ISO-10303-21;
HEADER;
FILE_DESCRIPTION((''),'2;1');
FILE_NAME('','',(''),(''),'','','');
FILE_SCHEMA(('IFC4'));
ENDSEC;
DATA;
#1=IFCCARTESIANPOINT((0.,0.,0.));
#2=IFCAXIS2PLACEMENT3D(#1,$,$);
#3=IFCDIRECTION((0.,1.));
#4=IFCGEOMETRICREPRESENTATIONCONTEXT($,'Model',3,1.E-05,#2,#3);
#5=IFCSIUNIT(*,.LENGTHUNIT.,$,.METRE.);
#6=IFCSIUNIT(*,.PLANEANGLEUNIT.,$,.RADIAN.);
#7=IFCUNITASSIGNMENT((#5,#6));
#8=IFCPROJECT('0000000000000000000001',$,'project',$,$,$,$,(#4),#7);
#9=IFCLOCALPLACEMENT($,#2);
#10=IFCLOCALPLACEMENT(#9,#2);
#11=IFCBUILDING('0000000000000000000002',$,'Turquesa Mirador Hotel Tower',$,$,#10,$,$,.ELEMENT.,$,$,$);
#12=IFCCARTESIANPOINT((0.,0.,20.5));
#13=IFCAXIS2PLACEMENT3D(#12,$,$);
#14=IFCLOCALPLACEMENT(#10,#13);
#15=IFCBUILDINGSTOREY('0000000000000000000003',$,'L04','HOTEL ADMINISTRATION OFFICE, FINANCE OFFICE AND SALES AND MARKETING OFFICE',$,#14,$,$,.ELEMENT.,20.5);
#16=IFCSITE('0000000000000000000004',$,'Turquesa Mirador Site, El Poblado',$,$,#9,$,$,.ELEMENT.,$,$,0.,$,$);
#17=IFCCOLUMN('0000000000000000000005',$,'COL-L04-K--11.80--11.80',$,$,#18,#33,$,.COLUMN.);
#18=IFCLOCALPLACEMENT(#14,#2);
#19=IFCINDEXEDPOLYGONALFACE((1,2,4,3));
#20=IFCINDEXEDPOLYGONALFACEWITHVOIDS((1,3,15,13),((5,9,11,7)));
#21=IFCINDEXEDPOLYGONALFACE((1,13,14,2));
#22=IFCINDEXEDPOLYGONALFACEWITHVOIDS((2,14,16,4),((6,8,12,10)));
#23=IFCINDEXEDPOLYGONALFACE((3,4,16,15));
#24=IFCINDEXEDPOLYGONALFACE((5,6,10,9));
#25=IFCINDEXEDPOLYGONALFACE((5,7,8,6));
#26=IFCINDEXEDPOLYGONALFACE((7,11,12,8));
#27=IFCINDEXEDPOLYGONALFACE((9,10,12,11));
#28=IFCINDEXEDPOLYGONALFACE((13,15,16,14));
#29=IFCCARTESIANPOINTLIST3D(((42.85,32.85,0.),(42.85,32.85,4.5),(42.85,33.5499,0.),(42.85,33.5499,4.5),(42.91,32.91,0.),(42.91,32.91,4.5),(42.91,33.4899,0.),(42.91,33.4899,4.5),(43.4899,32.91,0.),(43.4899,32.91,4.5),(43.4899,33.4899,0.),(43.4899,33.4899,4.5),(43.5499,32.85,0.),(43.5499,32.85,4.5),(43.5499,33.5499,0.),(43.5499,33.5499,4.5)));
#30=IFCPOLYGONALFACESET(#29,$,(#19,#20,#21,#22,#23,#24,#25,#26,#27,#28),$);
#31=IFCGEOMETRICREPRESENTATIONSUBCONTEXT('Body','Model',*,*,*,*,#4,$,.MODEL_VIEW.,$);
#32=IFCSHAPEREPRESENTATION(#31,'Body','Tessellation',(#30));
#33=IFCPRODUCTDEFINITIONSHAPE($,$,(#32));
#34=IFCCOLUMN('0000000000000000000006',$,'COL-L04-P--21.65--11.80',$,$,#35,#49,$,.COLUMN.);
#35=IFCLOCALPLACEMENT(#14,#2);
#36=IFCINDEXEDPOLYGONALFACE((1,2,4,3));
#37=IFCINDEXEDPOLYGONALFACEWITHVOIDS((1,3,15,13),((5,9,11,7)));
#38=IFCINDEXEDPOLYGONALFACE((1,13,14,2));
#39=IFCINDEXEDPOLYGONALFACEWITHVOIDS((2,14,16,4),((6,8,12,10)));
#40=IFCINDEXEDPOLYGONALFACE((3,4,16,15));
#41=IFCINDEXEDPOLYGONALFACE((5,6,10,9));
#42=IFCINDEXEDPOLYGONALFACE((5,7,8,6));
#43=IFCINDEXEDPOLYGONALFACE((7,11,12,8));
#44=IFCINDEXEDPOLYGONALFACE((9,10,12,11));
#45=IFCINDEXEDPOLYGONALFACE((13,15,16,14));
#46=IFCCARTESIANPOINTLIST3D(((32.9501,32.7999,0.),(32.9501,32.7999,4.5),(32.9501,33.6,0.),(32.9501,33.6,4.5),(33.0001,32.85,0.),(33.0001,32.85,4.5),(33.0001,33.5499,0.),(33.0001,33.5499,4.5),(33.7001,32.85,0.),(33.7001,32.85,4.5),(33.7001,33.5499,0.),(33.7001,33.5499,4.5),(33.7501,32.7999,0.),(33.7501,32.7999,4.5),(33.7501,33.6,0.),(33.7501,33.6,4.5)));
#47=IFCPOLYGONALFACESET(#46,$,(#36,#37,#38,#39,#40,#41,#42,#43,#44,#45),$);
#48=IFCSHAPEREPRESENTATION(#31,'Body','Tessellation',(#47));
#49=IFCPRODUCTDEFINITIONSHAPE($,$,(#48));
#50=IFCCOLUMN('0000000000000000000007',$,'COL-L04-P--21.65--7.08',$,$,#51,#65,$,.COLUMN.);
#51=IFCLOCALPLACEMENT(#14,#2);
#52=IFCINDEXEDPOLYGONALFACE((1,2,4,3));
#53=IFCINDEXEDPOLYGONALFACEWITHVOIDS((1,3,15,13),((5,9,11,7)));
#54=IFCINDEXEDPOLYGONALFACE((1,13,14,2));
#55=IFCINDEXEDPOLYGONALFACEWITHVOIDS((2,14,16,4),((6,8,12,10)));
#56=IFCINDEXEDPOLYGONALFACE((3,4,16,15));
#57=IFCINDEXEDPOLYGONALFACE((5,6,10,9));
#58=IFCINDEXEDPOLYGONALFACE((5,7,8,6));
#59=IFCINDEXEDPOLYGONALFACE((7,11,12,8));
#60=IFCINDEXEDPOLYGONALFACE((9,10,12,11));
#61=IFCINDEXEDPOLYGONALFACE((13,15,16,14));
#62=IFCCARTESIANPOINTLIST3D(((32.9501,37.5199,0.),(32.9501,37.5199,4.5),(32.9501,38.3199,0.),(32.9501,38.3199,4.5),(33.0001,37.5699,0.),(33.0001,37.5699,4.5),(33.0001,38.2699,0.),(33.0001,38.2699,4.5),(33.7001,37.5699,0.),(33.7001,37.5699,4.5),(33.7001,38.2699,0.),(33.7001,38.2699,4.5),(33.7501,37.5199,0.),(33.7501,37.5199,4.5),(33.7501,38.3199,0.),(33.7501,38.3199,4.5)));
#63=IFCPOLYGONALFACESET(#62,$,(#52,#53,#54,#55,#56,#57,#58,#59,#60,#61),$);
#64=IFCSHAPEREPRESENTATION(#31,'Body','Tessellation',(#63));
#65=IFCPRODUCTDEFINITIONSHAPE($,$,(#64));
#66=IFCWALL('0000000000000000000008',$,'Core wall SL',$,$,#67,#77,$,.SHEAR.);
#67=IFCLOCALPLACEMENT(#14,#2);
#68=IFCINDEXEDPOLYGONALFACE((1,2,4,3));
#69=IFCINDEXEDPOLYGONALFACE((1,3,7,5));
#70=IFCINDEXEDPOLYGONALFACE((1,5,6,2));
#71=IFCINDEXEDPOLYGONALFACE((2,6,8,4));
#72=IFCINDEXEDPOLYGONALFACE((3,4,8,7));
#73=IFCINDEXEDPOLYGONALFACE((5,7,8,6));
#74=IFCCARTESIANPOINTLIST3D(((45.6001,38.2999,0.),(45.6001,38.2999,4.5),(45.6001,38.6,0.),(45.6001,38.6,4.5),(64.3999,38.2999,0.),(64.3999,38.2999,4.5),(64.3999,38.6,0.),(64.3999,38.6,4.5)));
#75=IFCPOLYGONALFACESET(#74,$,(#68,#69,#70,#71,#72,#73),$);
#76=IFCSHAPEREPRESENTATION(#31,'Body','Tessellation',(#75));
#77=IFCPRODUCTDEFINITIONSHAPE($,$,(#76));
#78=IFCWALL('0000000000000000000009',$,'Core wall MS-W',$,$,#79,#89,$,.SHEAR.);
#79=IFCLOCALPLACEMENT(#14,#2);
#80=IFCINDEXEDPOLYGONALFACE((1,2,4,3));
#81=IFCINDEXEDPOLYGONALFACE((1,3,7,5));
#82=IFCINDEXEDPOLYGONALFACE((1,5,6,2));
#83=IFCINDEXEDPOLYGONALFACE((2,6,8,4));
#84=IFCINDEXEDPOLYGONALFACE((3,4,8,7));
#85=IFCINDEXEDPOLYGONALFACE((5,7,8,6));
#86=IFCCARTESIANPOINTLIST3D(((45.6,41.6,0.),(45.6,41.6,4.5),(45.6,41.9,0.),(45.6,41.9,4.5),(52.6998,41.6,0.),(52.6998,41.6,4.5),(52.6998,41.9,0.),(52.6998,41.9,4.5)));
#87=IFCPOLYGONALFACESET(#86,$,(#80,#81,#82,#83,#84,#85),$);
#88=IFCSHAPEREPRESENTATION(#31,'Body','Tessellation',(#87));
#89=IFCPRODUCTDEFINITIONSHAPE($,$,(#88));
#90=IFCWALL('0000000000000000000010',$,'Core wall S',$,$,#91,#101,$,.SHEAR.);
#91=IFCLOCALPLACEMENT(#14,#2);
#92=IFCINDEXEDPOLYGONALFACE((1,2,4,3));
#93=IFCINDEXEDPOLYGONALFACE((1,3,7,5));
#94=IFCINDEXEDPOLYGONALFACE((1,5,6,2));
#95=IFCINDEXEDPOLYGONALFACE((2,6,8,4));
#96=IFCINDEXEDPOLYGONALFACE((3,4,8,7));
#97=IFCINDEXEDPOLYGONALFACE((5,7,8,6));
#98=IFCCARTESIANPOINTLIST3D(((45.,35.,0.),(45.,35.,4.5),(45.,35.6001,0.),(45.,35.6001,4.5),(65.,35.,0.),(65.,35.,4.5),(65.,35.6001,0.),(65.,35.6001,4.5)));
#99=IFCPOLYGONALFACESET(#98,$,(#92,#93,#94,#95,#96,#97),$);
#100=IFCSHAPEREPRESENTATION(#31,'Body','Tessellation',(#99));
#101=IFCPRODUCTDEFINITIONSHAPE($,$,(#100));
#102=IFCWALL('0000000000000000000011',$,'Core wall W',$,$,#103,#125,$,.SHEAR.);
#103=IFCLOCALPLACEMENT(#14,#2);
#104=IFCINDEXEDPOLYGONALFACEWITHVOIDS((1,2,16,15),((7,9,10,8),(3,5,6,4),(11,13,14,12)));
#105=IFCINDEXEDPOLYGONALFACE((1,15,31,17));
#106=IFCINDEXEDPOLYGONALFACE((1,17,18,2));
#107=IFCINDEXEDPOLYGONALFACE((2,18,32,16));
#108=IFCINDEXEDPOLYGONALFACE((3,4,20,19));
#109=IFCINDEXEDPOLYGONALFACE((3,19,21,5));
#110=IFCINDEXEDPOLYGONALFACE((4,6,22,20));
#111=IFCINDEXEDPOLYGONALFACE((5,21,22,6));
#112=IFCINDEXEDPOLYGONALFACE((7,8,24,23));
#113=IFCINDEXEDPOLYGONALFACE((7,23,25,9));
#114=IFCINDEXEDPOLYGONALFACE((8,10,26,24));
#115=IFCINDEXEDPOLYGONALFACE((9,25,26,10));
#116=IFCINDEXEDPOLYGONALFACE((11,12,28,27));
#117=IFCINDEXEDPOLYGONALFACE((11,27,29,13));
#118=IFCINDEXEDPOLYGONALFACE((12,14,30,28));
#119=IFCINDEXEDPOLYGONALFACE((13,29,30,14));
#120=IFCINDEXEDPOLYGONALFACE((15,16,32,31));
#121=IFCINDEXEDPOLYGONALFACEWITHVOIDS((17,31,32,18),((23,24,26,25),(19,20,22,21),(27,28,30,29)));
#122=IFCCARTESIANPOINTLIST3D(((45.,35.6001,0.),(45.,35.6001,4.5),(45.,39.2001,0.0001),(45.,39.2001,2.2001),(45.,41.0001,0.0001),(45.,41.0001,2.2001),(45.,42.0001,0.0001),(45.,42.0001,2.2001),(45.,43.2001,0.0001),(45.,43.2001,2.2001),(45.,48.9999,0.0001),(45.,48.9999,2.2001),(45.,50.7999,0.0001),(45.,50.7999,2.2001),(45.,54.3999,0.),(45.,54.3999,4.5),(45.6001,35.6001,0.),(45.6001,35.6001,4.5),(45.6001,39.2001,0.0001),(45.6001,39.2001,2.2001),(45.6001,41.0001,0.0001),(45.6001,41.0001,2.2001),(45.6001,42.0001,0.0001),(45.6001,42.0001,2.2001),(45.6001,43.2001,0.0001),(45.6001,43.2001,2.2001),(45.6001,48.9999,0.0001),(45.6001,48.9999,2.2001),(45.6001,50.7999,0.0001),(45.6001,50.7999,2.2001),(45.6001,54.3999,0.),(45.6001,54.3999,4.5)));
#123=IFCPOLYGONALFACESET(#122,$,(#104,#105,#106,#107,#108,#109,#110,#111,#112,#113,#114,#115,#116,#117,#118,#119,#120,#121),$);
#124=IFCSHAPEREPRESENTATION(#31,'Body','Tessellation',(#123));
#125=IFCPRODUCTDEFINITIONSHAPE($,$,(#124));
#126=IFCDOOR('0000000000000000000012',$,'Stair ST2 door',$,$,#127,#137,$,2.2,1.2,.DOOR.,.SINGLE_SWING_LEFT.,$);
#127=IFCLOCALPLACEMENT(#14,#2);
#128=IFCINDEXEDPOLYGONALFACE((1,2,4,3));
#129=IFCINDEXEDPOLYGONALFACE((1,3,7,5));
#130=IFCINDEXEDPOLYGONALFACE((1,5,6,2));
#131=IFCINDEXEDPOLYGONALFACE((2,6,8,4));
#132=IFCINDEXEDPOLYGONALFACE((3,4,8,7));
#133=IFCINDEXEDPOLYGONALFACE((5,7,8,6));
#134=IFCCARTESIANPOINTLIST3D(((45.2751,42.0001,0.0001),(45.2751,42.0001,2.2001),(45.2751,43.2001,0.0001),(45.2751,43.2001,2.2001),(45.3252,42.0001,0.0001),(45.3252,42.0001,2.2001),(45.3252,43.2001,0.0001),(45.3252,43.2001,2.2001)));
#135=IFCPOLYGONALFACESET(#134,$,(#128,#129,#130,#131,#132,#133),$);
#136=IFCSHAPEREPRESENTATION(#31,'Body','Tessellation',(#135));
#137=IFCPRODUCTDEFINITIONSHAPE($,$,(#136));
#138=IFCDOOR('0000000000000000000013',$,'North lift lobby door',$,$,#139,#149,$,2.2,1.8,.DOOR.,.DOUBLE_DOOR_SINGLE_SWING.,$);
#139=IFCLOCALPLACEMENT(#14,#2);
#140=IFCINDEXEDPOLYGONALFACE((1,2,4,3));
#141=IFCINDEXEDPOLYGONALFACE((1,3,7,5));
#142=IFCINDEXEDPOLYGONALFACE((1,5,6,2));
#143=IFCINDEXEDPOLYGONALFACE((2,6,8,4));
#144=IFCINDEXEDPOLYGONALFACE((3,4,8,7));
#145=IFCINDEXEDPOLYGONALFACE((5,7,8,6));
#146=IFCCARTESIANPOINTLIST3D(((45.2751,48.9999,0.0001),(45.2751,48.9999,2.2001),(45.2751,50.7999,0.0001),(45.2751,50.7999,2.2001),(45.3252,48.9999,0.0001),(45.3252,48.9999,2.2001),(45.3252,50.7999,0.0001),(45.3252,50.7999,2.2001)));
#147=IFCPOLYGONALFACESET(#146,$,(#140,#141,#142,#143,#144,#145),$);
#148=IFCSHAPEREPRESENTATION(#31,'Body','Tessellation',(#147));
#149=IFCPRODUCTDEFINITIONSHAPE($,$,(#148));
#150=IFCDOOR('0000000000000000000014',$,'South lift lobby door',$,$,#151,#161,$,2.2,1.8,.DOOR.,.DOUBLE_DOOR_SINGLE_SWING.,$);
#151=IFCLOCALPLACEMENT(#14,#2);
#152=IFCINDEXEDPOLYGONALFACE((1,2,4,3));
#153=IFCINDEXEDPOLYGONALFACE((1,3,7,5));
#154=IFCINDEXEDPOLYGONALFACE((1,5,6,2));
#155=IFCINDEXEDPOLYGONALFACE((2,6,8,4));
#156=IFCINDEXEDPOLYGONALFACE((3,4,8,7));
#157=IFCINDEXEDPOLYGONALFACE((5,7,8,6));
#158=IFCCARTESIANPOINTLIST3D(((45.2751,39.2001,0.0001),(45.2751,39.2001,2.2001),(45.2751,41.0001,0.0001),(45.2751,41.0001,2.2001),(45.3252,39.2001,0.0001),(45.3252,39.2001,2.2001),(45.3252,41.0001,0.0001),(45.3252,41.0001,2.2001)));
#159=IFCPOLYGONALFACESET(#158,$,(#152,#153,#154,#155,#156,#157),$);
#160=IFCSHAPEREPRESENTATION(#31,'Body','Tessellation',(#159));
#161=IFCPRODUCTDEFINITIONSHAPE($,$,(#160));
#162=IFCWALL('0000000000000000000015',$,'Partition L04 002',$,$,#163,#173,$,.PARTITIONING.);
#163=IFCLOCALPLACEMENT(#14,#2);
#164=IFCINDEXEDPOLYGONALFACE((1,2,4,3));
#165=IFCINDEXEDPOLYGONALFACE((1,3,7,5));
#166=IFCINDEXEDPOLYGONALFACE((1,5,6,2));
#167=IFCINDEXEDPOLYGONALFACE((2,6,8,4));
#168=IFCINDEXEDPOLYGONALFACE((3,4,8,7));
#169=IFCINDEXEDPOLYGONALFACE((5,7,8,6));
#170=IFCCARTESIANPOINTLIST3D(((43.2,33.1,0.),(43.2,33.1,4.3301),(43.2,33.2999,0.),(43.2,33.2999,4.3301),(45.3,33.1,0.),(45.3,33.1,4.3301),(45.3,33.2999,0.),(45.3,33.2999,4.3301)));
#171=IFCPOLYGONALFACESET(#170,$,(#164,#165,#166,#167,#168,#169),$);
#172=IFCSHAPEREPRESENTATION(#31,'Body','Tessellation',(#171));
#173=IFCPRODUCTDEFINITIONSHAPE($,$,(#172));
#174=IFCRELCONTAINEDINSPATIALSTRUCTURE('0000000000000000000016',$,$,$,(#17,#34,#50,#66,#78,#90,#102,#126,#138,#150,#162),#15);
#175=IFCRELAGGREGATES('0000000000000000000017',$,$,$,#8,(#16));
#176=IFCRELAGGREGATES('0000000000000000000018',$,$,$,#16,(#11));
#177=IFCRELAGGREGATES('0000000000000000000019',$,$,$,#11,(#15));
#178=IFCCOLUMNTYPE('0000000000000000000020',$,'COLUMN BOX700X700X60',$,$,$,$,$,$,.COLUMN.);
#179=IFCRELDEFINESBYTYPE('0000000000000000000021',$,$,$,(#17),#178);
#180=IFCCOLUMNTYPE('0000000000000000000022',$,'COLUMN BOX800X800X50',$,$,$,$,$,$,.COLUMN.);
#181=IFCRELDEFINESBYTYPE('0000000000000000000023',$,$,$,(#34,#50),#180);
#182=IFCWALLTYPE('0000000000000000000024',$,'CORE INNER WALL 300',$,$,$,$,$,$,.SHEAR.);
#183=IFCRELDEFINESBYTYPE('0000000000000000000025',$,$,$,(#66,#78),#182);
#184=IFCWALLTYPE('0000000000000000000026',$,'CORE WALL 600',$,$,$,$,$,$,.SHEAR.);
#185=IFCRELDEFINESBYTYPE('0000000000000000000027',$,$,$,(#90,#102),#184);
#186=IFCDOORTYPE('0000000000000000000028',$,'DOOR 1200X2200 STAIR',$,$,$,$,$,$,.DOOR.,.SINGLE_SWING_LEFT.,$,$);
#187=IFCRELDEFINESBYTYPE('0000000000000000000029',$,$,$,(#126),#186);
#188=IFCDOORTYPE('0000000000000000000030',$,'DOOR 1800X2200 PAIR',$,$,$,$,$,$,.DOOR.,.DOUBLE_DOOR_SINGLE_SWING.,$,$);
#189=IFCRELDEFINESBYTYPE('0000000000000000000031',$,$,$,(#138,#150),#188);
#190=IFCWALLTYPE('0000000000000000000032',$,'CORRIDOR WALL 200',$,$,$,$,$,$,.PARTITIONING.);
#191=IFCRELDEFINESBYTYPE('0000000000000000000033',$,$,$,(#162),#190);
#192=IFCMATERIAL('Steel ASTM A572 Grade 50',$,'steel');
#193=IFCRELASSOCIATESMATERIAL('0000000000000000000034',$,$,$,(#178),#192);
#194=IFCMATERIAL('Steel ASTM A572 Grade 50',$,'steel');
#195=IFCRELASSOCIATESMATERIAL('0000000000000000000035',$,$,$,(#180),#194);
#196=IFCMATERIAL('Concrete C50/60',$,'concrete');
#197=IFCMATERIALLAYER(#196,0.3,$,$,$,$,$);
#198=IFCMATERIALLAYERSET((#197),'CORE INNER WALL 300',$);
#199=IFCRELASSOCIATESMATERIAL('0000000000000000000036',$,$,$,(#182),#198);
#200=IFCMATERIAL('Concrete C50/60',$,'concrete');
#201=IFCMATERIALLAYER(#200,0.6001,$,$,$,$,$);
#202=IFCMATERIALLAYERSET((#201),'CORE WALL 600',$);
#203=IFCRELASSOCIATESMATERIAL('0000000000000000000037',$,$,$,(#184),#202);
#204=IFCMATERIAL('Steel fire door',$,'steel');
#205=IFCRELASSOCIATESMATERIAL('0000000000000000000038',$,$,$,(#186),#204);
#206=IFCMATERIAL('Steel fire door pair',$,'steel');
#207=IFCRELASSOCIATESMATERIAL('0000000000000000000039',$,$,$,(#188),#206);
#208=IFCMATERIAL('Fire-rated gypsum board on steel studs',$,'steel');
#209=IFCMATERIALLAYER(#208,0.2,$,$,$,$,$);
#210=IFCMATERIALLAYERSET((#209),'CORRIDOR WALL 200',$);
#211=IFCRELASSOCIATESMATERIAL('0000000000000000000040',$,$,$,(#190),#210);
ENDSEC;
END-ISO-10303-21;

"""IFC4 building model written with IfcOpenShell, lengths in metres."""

from ifc_helpers import new_model, si_unit, direction, frame, frame_2d, origin, origin_2d, place, context, subcontext, project, spatial, rectangle, hollow_rectangle, extrude, material, layer, layer_set, material_profile, profile_set, type_object, element, fill, save


model = new_model("IFC4")

# Units and contexts
model_context = context("Model", 3, precision=1e-05, world=origin(), true_north=direction((0.0, 1.0)))
body_context = subcontext(model_context, "Body", "Model", "MODEL_VIEW")
ifc_project = project(units=[si_unit("LENGTHUNIT", "METRE"), si_unit("PLANEANGLEUNIT", "RADIAN")], contexts=[model_context])

# Site, building, storey
site_placement = place(None, origin())
site = spatial("IfcSite", under=ifc_project, at=site_placement, Name="Turquesa Mirador Site, El Poblado", CompositionType="ELEMENT", RefElevation=0.0)
building_placement = place(site_placement, origin())
building = spatial("IfcBuilding", under=site, at=building_placement, Name="Turquesa Mirador Hotel Tower", CompositionType="ELEMENT")
storey_placement = place(building_placement, frame((0.0, 0.0, 20.5)))
storey = spatial("IfcBuildingStorey", under=building, at=storey_placement, Name="L04", Description="HOTEL ADMINISTRATION OFFICE, FINANCE OFFICE AND SALES AND MARKETING OFFICE", CompositionType="ELEMENT", Elevation=20.5)

# Columns
ifc_material_1 = material(Name="Steel ASTM A572 Grade 50", Category="steel")
ifc_material_profile_1 = material_profile(ifc_material_1, hollow_rectangle(XDim=0.7, YDim=0.7, WallThickness=0.0601, at=origin_2d()), Name="BOX700X700X60")
ifc_profile_set_1 = profile_set([ifc_material_profile_1], Name="Steel ASTM A572 Grade 50")
column_type_1 = type_object("IfcColumnType", Name="COLUMN BOX700X700X60", PredefinedType="COLUMN", material=ifc_profile_set_1)
column_placement = place(storey_placement, frame((43.2, 33.2, 0.0), z_axis=(0.0, 0.0, 1.0), x_axis=(1.0, 0.0, 0.0)))
element("IfcColumn", 1, at=column_placement, inside=storey, type_object=column_type_1, Name="COL-L04-K--11.80--11.80", PredefinedType="COLUMN", context=body_context, shape_type="SweptSolid", body=[
    extrude(hollow_rectangle(XDim=0.7, YDim=0.7, WallThickness=0.0601, at=origin_2d()), origin(), (0.0, 0.0, 1.0), 4.5),
])
ifc_material_2 = material(Name="Steel ASTM A572 Grade 50", Category="steel")
ifc_material_profile_2 = material_profile(ifc_material_2, hollow_rectangle(XDim=0.8, YDim=0.8, WallThickness=0.05, at=origin_2d()), Name="BOX800X800X50")
ifc_profile_set_2 = profile_set([ifc_material_profile_2], Name="Steel ASTM A572 Grade 50")
column_type_2 = type_object("IfcColumnType", Name="COLUMN BOX800X800X50", PredefinedType="COLUMN", material=ifc_profile_set_2)
for number, where, z_axis, x_axis, name in (
    (2, (33.3501, 33.2, 0.0), (0.0, 0.0, 1.0), (1.0, 0.0, 0.0), "COL-L04-P--21.65--11.80"),
    (3, (33.3501, 37.9199, 0.0), (0.0, 0.0, 1.0), (1.0, 0.0, 0.0), "COL-L04-P--21.65--7.08"),
):
    element("IfcColumn", number, at=place(storey_placement, frame(where, z_axis=z_axis, x_axis=x_axis)), inside=storey, type_object=column_type_2, Name=name, PredefinedType="COLUMN", context=body_context, shape_type="SweptSolid", body=[
        extrude(hollow_rectangle(XDim=0.8, YDim=0.8, WallThickness=0.05, at=origin_2d()), origin(), (0.0, 0.0, 1.0), 4.5),
    ])

# Walls
ifc_material_3 = material(Name="Concrete C50/60", Category="concrete")
ifc_layer_1 = layer(ifc_material_3, 0.3)
ifc_layer_set_1 = layer_set([ifc_layer_1], Name="CORE INNER WALL 300")
wall_type_1 = type_object("IfcWallType", Name="CORE INNER WALL 300", PredefinedType="SHEAR", material=ifc_layer_set_1)
wall_1_placement = place(storey_placement, frame((45.6001, 38.45, 0.0), z_axis=(0.0, 0.0, 1.0), x_axis=(1.0, 0.0, 0.0)))
element("IfcWall", 4, at=wall_1_placement, inside=storey, type_object=wall_type_1, Name="Core wall SL", PredefinedType="SHEAR", context=body_context, shape_type="SweptSolid", body=[
    extrude(rectangle(XDim=18.7998, YDim=0.3, at=frame_2d((9.3999, 0.0))), origin(), (0.0, 0.0, 1.0), 4.5),
])
wall_2_placement = place(storey_placement, frame((45.6001, 41.75, 0.0), z_axis=(0.0, 0.0, 1.0), x_axis=(1.0, 0.0, 0.0)))
element("IfcWall", 5, at=wall_2_placement, inside=storey, type_object=wall_type_1, Name="Core wall MS-W", PredefinedType="SHEAR", context=body_context, shape_type="SweptSolid", body=[
    extrude(rectangle(XDim=7.0999, YDim=0.3, at=frame_2d((3.5498, 0.0))), origin(), (0.0, 0.0, 1.0), 4.5),
])
ifc_material_4 = material(Name="Concrete C50/60", Category="concrete")
ifc_layer_2 = layer(ifc_material_4, 0.6001)
ifc_layer_set_2 = layer_set([ifc_layer_2], Name="CORE WALL 600")
wall_type_2 = type_object("IfcWallType", Name="CORE WALL 600", PredefinedType="SHEAR", material=ifc_layer_set_2)
wall_3_placement = place(storey_placement, frame((45.0, 35.3, 0.0), z_axis=(0.0, 0.0, 1.0), x_axis=(1.0, 0.0, 0.0)))
element("IfcWall", 6, at=wall_3_placement, inside=storey, type_object=wall_type_2, Name="Core wall S", PredefinedType="SHEAR", context=body_context, shape_type="SweptSolid", body=[
    extrude(rectangle(XDim=20.0, YDim=0.6001, at=frame_2d((10.0, 0.0))), origin(), (0.0, 0.0, 1.0), 4.5),
])

# Wall, openings, doors
wall_4_placement = place(storey_placement, frame((45.3, 35.6001, 0.0), z_axis=(0.0, 0.0, 1.0), x_axis=(0.0, 1.0, 0.0)))
wall_4 = element("IfcWall", 7, at=wall_4_placement, inside=storey, type_object=wall_type_2, Name="Core wall W", PredefinedType="SHEAR", context=body_context, shape_type="SweptSolid", body=[
    extrude(rectangle(XDim=18.7998, YDim=0.6001, at=frame_2d((9.3999, 0.0))), origin(), (0.0, 0.0, 1.0), 4.5),
])
opening_1_placement = place(wall_4_placement, frame((13.3999, 0.0, 0.0)))
opening_1 = element("IfcOpeningElement", 8, at=opening_1_placement, cuts=wall_4, PredefinedType="OPENING", context=body_context, shape_type="SweptSolid", body=[
    extrude(rectangle(XDim=1.8, YDim=2.2, at=frame_2d((0.8999, 1.1001))), frame((0.0, 0.3101, 0.0), z_axis=(0.0, -1.0, 0.0), x_axis=(1.0, 0.0, 0.0)), (0.0, 0.0, 1.0), 0.6201),
])
opening_2_placement = place(wall_4_placement, frame((3.6001, 0.0, 0.0)))
opening_2 = element("IfcOpeningElement", 9, at=opening_2_placement, cuts=wall_4, PredefinedType="OPENING", context=body_context, shape_type="SweptSolid", body=[
    extrude(rectangle(XDim=1.8, YDim=2.2, at=frame_2d((0.8999, 1.1001))), frame((0.0, 0.3101, 0.0), z_axis=(0.0, -1.0, 0.0), x_axis=(1.0, 0.0, 0.0)), (0.0, 0.0, 1.0), 0.6201),
])
opening_3_placement = place(wall_4_placement, frame((6.3999, 0.0, 0.0)))
opening_3 = element("IfcOpeningElement", 10, at=opening_3_placement, cuts=wall_4, PredefinedType="OPENING", context=body_context, shape_type="SweptSolid", body=[
    extrude(rectangle(XDim=1.2, YDim=2.2, at=frame_2d((0.6001, 1.1001))), frame((0.0, 0.3101, 0.0), z_axis=(0.0, -1.0, 0.0), x_axis=(1.0, 0.0, 0.0)), (0.0, 0.0, 1.0), 0.6201),
])
ifc_material_5 = material(Name="Steel fire door", Category="steel")
door_type_1 = type_object("IfcDoorType", Name="DOOR 1200X2200 STAIR", OperationType="SINGLE_SWING_LEFT", PredefinedType="DOOR", material=ifc_material_5)
door_1_placement = place(opening_3_placement, origin())
door_1 = element("IfcDoor", 11, at=door_1_placement, inside=storey, type_object=door_type_1, Name="Stair ST2 door", OperationType="SINGLE_SWING_LEFT", OverallHeight=2.2, OverallWidth=1.2, PredefinedType="DOOR", context=body_context, shape_type="SweptSolid", body=[
    extrude(rectangle(XDim=1.2, YDim=2.2, at=frame_2d((0.6001, 1.1001))), frame((0.0, 0.0249, 0.0), z_axis=(0.0, -1.0, 0.0), x_axis=(1.0, 0.0, 0.0)), (0.0, 0.0, 1.0), 0.05),
])
fill(opening_3, door_1)
ifc_material_6 = material(Name="Steel fire door pair", Category="steel")
door_type_2 = type_object("IfcDoorType", Name="DOOR 1800X2200 PAIR", OperationType="DOUBLE_DOOR_SINGLE_SWING", PredefinedType="DOOR", material=ifc_material_6)
door_2_placement = place(opening_1_placement, origin())
door_2 = element("IfcDoor", 12, at=door_2_placement, inside=storey, type_object=door_type_2, Name="North lift lobby door", OperationType="DOUBLE_DOOR_SINGLE_SWING", OverallHeight=2.2, OverallWidth=1.8, PredefinedType="DOOR", context=body_context, shape_type="SweptSolid", body=[
    extrude(rectangle(XDim=1.8, YDim=2.2, at=frame_2d((0.8999, 1.1001))), frame((0.0, 0.0249, 0.0), z_axis=(0.0, -1.0, 0.0), x_axis=(1.0, 0.0, 0.0)), (0.0, 0.0, 1.0), 0.05),
])
fill(opening_1, door_2)
door_3_placement = place(opening_2_placement, origin())
door_3 = element("IfcDoor", 13, at=door_3_placement, inside=storey, type_object=door_type_2, Name="South lift lobby door", OperationType="DOUBLE_DOOR_SINGLE_SWING", OverallHeight=2.2, OverallWidth=1.8, PredefinedType="DOOR", context=body_context, shape_type="SweptSolid", body=[
    extrude(rectangle(XDim=1.8, YDim=2.2, at=frame_2d((0.8999, 1.1001))), frame((0.0, 0.0249, 0.0), z_axis=(0.0, -1.0, 0.0), x_axis=(1.0, 0.0, 0.0)), (0.0, 0.0, 1.0), 0.05),
])
fill(opening_2, door_3)

# Wall
ifc_material_7 = material(Name="Fire-rated gypsum board on steel studs", Category="steel")
ifc_layer_3 = layer(ifc_material_7, 0.2)
ifc_layer_set_3 = layer_set([ifc_layer_3], Name="CORRIDOR WALL 200")
wall_type_3 = type_object("IfcWallType", Name="CORRIDOR WALL 200", PredefinedType="PARTITIONING", material=ifc_layer_set_3)
wall_5_placement = place(storey_placement, frame((43.2, 33.2, 0.0), z_axis=(0.0, 0.0, 1.0), x_axis=(1.0, 0.0, 0.0)))
element("IfcWall", 14, at=wall_5_placement, inside=storey, type_object=wall_type_3, Name="Partition L04 002", PredefinedType="PARTITIONING", context=body_context, shape_type="SweptSolid", body=[
    extrude(rectangle(XDim=2.1001, YDim=0.2, at=frame_2d((1.05, 0.0))), origin(), (0.0, 0.0, 1.0), 4.3301),
])

save(model, "model.ifc")
